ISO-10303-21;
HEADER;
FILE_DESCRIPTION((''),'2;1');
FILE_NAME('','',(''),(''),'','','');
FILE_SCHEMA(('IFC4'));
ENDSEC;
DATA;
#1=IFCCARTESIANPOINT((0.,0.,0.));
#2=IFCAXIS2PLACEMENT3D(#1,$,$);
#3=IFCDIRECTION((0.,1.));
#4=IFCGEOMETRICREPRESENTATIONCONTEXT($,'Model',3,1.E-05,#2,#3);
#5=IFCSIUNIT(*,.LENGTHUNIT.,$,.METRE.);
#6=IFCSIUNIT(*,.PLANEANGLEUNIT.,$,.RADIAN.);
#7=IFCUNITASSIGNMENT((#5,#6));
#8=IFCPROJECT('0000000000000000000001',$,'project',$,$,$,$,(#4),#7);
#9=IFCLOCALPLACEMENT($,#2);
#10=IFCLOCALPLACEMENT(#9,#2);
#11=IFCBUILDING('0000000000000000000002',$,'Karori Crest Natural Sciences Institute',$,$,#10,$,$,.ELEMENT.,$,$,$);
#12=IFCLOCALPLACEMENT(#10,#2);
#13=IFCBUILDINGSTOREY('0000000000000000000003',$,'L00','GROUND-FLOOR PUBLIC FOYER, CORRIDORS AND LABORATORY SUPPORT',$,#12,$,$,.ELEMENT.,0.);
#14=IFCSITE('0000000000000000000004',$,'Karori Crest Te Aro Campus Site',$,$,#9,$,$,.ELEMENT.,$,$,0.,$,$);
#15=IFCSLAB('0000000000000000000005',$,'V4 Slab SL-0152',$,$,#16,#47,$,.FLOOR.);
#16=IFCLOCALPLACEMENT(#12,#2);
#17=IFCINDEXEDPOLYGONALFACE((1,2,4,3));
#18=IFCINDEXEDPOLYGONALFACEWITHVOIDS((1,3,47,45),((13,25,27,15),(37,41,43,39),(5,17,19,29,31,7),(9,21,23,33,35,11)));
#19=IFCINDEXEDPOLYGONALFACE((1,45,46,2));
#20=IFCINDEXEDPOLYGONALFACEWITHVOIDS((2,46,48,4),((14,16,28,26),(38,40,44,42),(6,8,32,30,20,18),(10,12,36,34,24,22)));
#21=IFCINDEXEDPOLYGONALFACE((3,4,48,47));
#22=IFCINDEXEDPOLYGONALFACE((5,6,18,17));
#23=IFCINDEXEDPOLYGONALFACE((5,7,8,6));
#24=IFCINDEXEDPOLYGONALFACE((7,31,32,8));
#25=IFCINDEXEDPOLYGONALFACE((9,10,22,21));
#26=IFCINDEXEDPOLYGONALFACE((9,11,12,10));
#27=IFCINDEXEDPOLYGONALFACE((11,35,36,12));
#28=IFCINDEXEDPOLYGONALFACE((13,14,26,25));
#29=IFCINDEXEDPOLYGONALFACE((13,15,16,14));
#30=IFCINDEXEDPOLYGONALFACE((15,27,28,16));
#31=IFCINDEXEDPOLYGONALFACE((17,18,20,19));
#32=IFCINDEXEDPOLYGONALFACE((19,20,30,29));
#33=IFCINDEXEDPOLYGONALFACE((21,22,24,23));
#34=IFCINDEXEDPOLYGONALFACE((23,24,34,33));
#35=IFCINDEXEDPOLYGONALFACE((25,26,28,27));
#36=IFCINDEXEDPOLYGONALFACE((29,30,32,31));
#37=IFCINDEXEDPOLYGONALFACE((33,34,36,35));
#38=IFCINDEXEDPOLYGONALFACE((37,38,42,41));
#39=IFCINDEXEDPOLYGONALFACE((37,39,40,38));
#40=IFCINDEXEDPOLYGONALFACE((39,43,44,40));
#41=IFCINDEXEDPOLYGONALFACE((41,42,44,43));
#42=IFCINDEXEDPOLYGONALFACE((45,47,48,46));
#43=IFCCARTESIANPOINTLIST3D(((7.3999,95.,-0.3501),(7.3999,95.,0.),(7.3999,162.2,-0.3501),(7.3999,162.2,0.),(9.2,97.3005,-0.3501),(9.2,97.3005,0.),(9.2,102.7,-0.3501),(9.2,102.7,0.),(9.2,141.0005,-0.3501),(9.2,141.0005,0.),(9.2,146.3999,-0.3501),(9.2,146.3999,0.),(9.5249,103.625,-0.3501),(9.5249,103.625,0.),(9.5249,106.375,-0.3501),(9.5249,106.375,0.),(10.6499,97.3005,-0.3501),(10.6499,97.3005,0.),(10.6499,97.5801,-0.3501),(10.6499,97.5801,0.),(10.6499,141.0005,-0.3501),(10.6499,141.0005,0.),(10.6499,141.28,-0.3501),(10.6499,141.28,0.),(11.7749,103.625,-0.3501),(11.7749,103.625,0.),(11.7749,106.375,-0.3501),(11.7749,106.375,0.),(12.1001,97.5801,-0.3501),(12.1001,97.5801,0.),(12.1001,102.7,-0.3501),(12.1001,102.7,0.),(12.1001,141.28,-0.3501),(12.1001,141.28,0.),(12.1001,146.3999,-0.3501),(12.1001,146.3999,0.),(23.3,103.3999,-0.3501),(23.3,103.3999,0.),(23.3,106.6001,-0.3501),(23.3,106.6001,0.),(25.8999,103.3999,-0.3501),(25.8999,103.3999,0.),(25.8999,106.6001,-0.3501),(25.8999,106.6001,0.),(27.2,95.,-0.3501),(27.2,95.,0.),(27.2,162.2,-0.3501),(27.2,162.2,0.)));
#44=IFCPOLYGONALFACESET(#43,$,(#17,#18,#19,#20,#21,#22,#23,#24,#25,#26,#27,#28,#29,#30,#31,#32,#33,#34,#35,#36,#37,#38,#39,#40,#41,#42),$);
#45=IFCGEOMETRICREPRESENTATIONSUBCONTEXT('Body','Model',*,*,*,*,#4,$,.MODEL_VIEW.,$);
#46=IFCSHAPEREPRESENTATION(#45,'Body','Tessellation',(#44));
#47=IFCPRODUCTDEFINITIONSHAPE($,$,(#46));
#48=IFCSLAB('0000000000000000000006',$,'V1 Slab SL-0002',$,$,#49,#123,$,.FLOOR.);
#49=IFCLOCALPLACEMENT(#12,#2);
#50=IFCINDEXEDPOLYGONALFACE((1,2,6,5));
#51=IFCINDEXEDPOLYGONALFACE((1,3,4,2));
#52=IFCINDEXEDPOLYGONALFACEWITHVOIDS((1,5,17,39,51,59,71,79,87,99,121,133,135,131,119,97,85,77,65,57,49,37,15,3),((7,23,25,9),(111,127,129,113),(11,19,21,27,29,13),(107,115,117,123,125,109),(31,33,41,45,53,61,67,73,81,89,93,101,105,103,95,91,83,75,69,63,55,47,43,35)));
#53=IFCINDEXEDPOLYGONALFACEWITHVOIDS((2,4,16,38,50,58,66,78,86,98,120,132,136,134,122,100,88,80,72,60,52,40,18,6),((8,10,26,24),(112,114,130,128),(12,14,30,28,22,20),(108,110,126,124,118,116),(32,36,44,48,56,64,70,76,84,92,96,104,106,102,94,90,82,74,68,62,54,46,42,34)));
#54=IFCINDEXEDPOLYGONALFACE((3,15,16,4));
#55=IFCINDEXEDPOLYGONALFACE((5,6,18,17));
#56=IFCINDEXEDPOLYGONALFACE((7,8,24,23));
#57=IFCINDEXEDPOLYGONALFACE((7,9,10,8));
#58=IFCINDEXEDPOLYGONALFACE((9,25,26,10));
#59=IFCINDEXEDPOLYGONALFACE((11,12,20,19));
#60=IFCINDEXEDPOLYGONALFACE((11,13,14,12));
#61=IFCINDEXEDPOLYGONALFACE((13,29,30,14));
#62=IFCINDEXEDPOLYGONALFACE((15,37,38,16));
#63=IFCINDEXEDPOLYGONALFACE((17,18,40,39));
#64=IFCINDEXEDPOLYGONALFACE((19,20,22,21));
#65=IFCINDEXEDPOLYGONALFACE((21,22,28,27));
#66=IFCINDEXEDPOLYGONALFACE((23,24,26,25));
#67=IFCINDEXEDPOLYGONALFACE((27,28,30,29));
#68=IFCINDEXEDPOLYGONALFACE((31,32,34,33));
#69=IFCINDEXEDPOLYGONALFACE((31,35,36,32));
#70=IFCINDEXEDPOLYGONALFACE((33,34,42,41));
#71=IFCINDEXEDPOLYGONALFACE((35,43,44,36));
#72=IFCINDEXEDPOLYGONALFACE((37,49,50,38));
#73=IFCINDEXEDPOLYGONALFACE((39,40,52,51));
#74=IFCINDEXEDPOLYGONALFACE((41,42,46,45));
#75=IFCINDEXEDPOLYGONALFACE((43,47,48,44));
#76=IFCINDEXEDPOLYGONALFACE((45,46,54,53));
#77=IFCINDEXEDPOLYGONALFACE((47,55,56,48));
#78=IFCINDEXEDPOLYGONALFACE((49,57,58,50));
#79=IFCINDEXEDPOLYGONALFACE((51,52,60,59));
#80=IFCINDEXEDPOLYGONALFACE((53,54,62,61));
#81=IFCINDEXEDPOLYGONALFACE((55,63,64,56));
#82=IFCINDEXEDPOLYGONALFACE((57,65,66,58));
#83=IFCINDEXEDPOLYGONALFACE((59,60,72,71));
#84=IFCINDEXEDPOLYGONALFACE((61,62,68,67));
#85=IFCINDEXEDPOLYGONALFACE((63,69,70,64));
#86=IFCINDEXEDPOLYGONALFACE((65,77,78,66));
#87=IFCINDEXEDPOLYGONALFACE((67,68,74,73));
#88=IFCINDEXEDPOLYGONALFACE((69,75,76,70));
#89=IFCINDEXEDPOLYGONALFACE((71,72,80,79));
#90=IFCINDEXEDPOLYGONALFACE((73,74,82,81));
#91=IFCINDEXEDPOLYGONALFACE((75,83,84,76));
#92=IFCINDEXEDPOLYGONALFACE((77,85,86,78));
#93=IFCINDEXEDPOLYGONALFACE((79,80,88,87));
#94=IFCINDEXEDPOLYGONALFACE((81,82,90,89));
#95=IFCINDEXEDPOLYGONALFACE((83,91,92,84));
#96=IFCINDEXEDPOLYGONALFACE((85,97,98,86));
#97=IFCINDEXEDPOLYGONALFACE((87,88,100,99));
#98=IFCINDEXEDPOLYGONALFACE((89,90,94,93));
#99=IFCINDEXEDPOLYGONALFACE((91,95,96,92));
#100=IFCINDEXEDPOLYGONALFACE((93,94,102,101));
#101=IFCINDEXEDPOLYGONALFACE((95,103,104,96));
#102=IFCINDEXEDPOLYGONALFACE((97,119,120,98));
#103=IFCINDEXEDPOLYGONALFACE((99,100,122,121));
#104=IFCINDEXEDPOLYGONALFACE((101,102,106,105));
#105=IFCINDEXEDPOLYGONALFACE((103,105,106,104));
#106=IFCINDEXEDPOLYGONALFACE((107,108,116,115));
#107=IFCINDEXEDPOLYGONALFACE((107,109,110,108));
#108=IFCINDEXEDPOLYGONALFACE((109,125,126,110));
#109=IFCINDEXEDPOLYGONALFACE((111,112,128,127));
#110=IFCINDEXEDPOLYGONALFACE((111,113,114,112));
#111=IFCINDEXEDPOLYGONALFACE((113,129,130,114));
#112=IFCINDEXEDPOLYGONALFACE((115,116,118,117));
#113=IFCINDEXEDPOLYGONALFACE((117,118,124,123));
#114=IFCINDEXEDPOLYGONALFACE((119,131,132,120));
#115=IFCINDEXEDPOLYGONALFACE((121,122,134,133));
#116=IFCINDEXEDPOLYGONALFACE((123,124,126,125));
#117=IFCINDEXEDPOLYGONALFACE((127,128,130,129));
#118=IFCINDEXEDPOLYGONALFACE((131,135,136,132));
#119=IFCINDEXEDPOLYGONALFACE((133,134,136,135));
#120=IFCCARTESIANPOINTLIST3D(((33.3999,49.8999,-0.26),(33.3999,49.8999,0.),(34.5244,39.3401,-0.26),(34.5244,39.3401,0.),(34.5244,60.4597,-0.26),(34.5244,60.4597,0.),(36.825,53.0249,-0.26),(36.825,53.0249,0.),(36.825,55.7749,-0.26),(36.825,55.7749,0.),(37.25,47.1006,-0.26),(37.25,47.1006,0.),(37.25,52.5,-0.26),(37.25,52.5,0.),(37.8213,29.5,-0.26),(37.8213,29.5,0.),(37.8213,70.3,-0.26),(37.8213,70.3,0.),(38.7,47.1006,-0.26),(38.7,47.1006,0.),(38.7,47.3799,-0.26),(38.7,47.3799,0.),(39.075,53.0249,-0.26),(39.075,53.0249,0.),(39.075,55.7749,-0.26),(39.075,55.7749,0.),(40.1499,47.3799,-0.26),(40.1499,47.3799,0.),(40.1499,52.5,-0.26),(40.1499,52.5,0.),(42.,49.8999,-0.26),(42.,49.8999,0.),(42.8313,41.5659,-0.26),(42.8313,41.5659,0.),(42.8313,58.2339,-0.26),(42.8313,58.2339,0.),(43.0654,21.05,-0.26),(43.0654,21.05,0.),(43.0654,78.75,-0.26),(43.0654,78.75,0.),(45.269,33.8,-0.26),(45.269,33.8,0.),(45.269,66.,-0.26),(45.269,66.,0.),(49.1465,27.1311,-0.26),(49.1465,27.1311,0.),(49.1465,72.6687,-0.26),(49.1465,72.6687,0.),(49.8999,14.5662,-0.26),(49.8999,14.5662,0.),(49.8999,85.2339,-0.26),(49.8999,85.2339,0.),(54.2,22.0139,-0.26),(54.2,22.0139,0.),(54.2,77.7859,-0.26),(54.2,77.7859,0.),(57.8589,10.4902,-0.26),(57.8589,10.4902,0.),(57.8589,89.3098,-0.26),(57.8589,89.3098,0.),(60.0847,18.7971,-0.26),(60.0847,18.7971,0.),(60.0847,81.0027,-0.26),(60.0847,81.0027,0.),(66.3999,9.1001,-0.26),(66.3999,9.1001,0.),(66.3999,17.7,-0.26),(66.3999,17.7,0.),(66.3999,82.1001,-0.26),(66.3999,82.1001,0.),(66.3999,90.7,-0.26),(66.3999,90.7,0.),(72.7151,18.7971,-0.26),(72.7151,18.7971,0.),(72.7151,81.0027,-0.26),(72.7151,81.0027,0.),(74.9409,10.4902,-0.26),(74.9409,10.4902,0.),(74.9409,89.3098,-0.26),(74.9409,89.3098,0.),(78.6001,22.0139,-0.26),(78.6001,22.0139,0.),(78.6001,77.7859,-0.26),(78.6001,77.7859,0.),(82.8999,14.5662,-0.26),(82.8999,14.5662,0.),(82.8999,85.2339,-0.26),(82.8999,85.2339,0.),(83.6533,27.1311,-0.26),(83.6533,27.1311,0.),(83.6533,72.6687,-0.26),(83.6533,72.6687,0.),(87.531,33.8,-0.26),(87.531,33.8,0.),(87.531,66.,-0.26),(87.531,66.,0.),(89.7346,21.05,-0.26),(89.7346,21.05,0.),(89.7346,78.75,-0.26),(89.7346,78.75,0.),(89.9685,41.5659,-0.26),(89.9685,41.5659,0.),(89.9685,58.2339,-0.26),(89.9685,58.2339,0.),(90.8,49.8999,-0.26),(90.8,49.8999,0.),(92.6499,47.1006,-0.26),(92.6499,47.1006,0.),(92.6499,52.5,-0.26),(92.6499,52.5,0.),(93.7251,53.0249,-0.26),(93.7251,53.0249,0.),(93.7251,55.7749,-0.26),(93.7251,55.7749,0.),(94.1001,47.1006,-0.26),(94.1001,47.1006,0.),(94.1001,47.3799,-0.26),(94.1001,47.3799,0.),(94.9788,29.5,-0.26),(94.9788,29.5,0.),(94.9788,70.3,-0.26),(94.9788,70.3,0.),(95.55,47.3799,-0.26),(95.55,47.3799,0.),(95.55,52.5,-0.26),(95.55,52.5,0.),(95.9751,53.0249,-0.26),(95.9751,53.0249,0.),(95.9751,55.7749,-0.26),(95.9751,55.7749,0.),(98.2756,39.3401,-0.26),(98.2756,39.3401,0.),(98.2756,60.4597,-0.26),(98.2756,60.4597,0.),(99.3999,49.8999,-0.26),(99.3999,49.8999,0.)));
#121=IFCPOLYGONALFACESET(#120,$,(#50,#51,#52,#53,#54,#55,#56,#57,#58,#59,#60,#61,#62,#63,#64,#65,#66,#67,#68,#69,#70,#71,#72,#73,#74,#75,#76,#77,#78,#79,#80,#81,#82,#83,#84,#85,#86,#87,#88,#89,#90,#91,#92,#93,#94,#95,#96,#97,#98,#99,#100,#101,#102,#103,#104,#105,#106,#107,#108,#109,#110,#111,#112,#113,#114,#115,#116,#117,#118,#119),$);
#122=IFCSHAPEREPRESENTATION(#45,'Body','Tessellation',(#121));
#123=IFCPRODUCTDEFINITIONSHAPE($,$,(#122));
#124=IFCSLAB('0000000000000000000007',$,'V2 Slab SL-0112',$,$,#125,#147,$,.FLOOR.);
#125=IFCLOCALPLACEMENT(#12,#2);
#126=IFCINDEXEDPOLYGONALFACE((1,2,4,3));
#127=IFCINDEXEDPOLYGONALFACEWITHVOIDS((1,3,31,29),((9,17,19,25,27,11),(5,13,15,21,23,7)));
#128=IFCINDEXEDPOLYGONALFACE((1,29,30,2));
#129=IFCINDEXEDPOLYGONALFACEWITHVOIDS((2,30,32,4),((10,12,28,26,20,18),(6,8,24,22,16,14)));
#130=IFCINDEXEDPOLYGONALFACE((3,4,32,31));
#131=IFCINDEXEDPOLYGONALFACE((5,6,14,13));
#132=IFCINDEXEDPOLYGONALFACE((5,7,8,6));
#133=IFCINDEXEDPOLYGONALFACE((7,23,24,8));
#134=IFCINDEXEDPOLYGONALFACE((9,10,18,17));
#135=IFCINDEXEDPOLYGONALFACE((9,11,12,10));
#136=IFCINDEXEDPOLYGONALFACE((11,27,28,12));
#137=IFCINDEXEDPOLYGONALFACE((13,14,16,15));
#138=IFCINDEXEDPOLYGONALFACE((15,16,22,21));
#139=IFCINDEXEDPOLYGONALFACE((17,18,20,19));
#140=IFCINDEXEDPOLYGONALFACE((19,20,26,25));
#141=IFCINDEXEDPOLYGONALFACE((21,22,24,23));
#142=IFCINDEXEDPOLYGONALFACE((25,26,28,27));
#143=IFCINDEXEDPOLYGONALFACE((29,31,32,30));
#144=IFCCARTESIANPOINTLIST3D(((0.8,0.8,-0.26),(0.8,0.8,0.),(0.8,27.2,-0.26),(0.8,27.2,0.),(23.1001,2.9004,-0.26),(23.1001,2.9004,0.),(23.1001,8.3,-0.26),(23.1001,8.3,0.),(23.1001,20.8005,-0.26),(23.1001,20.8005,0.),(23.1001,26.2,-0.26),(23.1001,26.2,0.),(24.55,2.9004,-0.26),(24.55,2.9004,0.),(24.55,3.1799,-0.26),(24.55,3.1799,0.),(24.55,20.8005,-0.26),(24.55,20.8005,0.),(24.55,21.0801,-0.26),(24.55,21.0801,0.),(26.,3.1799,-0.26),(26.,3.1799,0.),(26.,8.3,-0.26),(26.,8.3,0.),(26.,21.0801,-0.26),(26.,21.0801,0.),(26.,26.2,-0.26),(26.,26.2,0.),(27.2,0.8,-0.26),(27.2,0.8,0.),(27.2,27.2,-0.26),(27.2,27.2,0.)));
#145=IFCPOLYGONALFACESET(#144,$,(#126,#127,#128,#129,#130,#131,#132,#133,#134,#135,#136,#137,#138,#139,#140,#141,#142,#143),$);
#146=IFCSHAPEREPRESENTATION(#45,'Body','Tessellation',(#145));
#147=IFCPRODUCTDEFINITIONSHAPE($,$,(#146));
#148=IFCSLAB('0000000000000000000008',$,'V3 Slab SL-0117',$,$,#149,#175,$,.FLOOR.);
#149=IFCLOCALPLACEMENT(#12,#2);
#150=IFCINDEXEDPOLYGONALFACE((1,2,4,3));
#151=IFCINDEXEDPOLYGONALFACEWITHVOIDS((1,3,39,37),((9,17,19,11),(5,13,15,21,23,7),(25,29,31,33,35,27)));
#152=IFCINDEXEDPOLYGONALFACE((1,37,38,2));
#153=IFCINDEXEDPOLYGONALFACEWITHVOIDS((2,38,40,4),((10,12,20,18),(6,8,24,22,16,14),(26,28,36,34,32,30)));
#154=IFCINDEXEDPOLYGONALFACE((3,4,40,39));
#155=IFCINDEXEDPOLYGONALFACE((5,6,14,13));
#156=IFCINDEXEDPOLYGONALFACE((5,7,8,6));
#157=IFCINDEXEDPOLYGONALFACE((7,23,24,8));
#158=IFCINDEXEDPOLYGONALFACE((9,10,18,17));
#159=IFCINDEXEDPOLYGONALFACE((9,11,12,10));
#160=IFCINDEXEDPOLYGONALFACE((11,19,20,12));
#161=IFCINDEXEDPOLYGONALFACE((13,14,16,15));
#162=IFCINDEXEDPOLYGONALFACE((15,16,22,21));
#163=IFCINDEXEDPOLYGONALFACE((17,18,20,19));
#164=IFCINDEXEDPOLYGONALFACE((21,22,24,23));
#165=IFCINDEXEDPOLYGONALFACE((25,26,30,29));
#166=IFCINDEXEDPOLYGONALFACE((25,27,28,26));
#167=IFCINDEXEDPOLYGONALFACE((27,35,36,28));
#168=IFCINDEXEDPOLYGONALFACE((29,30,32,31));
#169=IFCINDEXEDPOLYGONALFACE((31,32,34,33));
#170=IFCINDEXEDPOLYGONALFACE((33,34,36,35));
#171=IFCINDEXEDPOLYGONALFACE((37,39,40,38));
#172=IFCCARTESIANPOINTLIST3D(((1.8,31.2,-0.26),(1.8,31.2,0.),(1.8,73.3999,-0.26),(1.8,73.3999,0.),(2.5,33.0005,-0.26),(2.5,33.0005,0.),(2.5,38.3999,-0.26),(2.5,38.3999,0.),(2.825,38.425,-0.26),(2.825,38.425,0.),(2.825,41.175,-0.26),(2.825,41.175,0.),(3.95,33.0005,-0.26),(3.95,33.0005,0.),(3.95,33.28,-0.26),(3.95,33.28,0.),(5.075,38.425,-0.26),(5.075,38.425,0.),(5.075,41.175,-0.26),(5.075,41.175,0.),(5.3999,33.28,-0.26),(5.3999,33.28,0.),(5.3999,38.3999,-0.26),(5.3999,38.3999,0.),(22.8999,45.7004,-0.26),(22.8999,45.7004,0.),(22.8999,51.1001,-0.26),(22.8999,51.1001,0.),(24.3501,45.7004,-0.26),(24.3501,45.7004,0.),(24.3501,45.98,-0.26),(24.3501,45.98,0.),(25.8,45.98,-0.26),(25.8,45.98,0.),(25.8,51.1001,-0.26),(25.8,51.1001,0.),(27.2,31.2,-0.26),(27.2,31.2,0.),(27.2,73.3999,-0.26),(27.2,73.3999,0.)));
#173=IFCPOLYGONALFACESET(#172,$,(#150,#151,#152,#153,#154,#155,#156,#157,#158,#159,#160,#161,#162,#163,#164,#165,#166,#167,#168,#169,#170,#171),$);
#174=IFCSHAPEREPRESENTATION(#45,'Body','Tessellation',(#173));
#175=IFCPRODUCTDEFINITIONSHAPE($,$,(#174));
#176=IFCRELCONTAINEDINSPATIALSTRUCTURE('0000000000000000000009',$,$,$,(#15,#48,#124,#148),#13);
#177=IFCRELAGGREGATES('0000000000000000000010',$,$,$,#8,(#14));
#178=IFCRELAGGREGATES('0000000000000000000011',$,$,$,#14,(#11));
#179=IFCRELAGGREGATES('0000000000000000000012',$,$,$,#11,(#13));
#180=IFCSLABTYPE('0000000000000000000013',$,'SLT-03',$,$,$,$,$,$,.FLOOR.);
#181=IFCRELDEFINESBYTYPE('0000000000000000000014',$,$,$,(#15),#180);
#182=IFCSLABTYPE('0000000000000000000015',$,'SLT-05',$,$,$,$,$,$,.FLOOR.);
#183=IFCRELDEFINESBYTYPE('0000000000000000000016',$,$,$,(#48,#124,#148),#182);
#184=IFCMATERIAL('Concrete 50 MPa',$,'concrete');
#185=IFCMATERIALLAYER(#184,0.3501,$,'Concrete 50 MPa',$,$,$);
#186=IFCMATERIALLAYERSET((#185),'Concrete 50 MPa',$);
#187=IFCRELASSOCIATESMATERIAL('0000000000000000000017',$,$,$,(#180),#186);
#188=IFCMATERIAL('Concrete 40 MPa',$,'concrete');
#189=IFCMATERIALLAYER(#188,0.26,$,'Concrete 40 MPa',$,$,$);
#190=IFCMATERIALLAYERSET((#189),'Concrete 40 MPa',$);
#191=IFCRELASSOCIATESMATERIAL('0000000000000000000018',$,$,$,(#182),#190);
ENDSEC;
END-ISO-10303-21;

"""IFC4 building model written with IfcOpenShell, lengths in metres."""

from ifc_helpers import new_model, si_unit, direction, frame, origin, place, context, subcontext, project, spatial, polyline, outline, extrude, material, layer, layer_set, type_object, element, save


model = new_model("IFC4")

# Units and contexts
model_context = context("Model", 3, precision=1e-05, world=origin(), true_north=direction((0.0, 1.0)))
body_context = subcontext(model_context, "Body", "Model", "MODEL_VIEW")
ifc_project = project(units=[si_unit("LENGTHUNIT", "METRE"), si_unit("PLANEANGLEUNIT", "RADIAN")], contexts=[model_context])

# Site, building, storey
site_placement = place(None, origin())
site = spatial("IfcSite", under=ifc_project, at=site_placement, Name="Karori Crest Te Aro Campus Site", CompositionType="ELEMENT", RefElevation=0.0)
building_placement = place(site_placement, origin())
building = spatial("IfcBuilding", under=site, at=building_placement, Name="Karori Crest Natural Sciences Institute", CompositionType="ELEMENT")
storey_placement = place(building_placement, origin())
storey = spatial("IfcBuildingStorey", under=building, at=storey_placement, Name="L00", Description="GROUND-FLOOR PUBLIC FOYER, CORRIDORS AND LABORATORY SUPPORT", CompositionType="ELEMENT", Elevation=0.0)

# Slabs
ifc_material_1 = material(Name="Concrete 50 MPa", Category="concrete")
ifc_layer_1 = layer(ifc_material_1, 0.3501, Name="Concrete 50 MPa")
ifc_layer_set_1 = layer_set([ifc_layer_1], Name="Concrete 50 MPa")
slab_type_1 = type_object("IfcSlabType", Name="SLT-03", PredefinedType="FLOOR", material=ifc_layer_set_1)
slab_1_placement = place(storey_placement, frame((0.0, 0.0, -0.3501)))
element("IfcSlab", 1, at=slab_1_placement, inside=storey, type_object=slab_type_1, Name="V4 Slab SL-0152", PredefinedType="FLOOR", context=body_context, shape_type="SweptSolid", body=[
    extrude(outline(polyline([(7.3999, 95.0), (27.2, 95.0), (27.2, 162.2), (7.3999, 162.2), (7.3999, 95.0)]), holes=[polyline([(12.1001, 97.5801), (10.6499, 97.5801), (10.6499, 97.3005), (9.2, 97.3005), (9.2, 102.7), (12.1001, 102.7), (12.1001, 97.5801)]), polyline([(12.1001, 141.28), (10.6499, 141.28), (10.6499, 141.0005), (9.2, 141.0005), (9.2, 146.3999), (12.1001, 146.3999), (12.1001, 141.28)]), polyline([(9.5249, 106.375), (11.7749, 106.375), (11.7749, 103.625), (9.5249, 103.625), (9.5249, 106.375)]), polyline([(23.3, 106.6001), (25.8999, 106.6001), (25.8999, 103.3999), (23.3, 103.3999), (23.3, 106.6001)])]), origin(), (0.0, 0.0, 1.0), 0.3501),
])
ifc_material_2 = material(Name="Concrete 40 MPa", Category="concrete")
ifc_layer_2 = layer(ifc_material_2, 0.26, Name="Concrete 40 MPa")
ifc_layer_set_2 = layer_set([ifc_layer_2], Name="Concrete 40 MPa")
slab_type_2 = type_object("IfcSlabType", Name="SLT-05", PredefinedType="FLOOR", material=ifc_layer_set_2)
slab_2_placement = place(storey_placement, frame((0.0, 0.0, -0.26)))
element("IfcSlab", 2, at=slab_2_placement, inside=storey, type_object=slab_type_2, Name="V1 Slab SL-0002", PredefinedType="FLOOR", context=body_context, shape_type="SweptSolid", body=[
    extrude(outline(polyline([(99.3999, 49.8999), (98.2756, 60.4597), (94.9788, 70.3), (89.7346, 78.75), (82.8999, 85.2339), (74.9409, 89.3098), (66.3999, 90.7), (57.8589, 89.3098), (49.8999, 85.2339), (43.0654, 78.75), (37.8213, 70.3), (34.5244, 60.4597), (33.3999, 49.8999), (34.5244, 39.3401), (37.8213, 29.5), (43.0654, 21.05), (49.8999, 14.5662), (57.8589, 10.4902), (66.3999, 9.1001), (74.9409, 10.4902), (82.8999, 14.5662), (89.7346, 21.05), (94.9788, 29.5), (98.2756, 39.3401), (99.3999, 49.8999)]), holes=[polyline([(89.9685, 41.5659), (87.531, 33.8), (83.6533, 27.1311), (78.6001, 22.0139), (72.7151, 18.7971), (66.3999, 17.7), (60.0847, 18.7971), (54.2, 22.0139), (49.1465, 27.1311), (45.269, 33.8), (42.8313, 41.5659), (42.0, 49.8999), (42.8313, 58.2339), (45.269, 66.0), (49.1465, 72.6687), (54.2, 77.7859), (60.0847, 81.0027), (66.3999, 82.1001), (72.7151, 81.0027), (78.6001, 77.7859), (83.6533, 72.6687), (87.531, 66.0), (89.9685, 58.2339), (90.8, 49.8999), (89.9685, 41.5659)]), polyline([(95.55, 47.3799), (94.1001, 47.3799), (94.1001, 47.1006), (92.6499, 47.1006), (92.6499, 52.5), (95.55, 52.5), (95.55, 47.3799)]), polyline([(40.1499, 47.3799), (38.7, 47.3799), (38.7, 47.1006), (37.25, 47.1006), (37.25, 52.5), (40.1499, 52.5), (40.1499, 47.3799)]), polyline([(93.7251, 55.7749), (95.9751, 55.7749), (95.9751, 53.0249), (93.7251, 53.0249), (93.7251, 55.7749)]), polyline([(36.825, 55.7749), (39.075, 55.7749), (39.075, 53.0249), (36.825, 53.0249), (36.825, 55.7749)])]), origin(), (0.0, 0.0, 1.0), 0.26),
])
slab_3_placement = place(storey_placement, frame((0.0, 0.0, -0.26)))
element("IfcSlab", 3, at=slab_3_placement, inside=storey, type_object=slab_type_2, Name="V2 Slab SL-0112", PredefinedType="FLOOR", context=body_context, shape_type="SweptSolid", body=[
    extrude(outline(polyline([(0.8, 0.8), (27.2, 0.8), (27.2, 27.2), (0.8, 27.2), (0.8, 0.8)]), holes=[polyline([(26.0, 3.1799), (24.55, 3.1799), (24.55, 2.9004), (23.1001, 2.9004), (23.1001, 8.3), (26.0, 8.3), (26.0, 3.1799)]), polyline([(26.0, 21.0801), (24.55, 21.0801), (24.55, 20.8005), (23.1001, 20.8005), (23.1001, 26.2), (26.0, 26.2), (26.0, 21.0801)])]), origin(), (0.0, 0.0, 1.0), 0.26),
])
slab_4_placement = place(storey_placement, frame((0.0, 0.0, -0.26)))
element("IfcSlab", 4, at=slab_4_placement, inside=storey, type_object=slab_type_2, Name="V3 Slab SL-0117", PredefinedType="FLOOR", context=body_context, shape_type="SweptSolid", body=[
    extrude(outline(polyline([(1.8, 31.2), (27.2, 31.2), (27.2, 73.3999), (1.8, 73.3999), (1.8, 31.2)]), holes=[polyline([(5.3999, 33.28), (3.95, 33.28), (3.95, 33.0005), (2.5, 33.0005), (2.5, 38.3999), (5.3999, 38.3999), (5.3999, 33.28)]), polyline([(25.8, 45.98), (24.3501, 45.98), (24.3501, 45.7004), (22.8999, 45.7004), (22.8999, 51.1001), (25.8, 51.1001), (25.8, 45.98)]), polyline([(2.825, 41.175), (5.075, 41.175), (5.075, 38.425), (2.825, 38.425), (2.825, 41.175)])]), origin(), (0.0, 0.0, 1.0), 0.26),
])

save(model, "model.ifc")
